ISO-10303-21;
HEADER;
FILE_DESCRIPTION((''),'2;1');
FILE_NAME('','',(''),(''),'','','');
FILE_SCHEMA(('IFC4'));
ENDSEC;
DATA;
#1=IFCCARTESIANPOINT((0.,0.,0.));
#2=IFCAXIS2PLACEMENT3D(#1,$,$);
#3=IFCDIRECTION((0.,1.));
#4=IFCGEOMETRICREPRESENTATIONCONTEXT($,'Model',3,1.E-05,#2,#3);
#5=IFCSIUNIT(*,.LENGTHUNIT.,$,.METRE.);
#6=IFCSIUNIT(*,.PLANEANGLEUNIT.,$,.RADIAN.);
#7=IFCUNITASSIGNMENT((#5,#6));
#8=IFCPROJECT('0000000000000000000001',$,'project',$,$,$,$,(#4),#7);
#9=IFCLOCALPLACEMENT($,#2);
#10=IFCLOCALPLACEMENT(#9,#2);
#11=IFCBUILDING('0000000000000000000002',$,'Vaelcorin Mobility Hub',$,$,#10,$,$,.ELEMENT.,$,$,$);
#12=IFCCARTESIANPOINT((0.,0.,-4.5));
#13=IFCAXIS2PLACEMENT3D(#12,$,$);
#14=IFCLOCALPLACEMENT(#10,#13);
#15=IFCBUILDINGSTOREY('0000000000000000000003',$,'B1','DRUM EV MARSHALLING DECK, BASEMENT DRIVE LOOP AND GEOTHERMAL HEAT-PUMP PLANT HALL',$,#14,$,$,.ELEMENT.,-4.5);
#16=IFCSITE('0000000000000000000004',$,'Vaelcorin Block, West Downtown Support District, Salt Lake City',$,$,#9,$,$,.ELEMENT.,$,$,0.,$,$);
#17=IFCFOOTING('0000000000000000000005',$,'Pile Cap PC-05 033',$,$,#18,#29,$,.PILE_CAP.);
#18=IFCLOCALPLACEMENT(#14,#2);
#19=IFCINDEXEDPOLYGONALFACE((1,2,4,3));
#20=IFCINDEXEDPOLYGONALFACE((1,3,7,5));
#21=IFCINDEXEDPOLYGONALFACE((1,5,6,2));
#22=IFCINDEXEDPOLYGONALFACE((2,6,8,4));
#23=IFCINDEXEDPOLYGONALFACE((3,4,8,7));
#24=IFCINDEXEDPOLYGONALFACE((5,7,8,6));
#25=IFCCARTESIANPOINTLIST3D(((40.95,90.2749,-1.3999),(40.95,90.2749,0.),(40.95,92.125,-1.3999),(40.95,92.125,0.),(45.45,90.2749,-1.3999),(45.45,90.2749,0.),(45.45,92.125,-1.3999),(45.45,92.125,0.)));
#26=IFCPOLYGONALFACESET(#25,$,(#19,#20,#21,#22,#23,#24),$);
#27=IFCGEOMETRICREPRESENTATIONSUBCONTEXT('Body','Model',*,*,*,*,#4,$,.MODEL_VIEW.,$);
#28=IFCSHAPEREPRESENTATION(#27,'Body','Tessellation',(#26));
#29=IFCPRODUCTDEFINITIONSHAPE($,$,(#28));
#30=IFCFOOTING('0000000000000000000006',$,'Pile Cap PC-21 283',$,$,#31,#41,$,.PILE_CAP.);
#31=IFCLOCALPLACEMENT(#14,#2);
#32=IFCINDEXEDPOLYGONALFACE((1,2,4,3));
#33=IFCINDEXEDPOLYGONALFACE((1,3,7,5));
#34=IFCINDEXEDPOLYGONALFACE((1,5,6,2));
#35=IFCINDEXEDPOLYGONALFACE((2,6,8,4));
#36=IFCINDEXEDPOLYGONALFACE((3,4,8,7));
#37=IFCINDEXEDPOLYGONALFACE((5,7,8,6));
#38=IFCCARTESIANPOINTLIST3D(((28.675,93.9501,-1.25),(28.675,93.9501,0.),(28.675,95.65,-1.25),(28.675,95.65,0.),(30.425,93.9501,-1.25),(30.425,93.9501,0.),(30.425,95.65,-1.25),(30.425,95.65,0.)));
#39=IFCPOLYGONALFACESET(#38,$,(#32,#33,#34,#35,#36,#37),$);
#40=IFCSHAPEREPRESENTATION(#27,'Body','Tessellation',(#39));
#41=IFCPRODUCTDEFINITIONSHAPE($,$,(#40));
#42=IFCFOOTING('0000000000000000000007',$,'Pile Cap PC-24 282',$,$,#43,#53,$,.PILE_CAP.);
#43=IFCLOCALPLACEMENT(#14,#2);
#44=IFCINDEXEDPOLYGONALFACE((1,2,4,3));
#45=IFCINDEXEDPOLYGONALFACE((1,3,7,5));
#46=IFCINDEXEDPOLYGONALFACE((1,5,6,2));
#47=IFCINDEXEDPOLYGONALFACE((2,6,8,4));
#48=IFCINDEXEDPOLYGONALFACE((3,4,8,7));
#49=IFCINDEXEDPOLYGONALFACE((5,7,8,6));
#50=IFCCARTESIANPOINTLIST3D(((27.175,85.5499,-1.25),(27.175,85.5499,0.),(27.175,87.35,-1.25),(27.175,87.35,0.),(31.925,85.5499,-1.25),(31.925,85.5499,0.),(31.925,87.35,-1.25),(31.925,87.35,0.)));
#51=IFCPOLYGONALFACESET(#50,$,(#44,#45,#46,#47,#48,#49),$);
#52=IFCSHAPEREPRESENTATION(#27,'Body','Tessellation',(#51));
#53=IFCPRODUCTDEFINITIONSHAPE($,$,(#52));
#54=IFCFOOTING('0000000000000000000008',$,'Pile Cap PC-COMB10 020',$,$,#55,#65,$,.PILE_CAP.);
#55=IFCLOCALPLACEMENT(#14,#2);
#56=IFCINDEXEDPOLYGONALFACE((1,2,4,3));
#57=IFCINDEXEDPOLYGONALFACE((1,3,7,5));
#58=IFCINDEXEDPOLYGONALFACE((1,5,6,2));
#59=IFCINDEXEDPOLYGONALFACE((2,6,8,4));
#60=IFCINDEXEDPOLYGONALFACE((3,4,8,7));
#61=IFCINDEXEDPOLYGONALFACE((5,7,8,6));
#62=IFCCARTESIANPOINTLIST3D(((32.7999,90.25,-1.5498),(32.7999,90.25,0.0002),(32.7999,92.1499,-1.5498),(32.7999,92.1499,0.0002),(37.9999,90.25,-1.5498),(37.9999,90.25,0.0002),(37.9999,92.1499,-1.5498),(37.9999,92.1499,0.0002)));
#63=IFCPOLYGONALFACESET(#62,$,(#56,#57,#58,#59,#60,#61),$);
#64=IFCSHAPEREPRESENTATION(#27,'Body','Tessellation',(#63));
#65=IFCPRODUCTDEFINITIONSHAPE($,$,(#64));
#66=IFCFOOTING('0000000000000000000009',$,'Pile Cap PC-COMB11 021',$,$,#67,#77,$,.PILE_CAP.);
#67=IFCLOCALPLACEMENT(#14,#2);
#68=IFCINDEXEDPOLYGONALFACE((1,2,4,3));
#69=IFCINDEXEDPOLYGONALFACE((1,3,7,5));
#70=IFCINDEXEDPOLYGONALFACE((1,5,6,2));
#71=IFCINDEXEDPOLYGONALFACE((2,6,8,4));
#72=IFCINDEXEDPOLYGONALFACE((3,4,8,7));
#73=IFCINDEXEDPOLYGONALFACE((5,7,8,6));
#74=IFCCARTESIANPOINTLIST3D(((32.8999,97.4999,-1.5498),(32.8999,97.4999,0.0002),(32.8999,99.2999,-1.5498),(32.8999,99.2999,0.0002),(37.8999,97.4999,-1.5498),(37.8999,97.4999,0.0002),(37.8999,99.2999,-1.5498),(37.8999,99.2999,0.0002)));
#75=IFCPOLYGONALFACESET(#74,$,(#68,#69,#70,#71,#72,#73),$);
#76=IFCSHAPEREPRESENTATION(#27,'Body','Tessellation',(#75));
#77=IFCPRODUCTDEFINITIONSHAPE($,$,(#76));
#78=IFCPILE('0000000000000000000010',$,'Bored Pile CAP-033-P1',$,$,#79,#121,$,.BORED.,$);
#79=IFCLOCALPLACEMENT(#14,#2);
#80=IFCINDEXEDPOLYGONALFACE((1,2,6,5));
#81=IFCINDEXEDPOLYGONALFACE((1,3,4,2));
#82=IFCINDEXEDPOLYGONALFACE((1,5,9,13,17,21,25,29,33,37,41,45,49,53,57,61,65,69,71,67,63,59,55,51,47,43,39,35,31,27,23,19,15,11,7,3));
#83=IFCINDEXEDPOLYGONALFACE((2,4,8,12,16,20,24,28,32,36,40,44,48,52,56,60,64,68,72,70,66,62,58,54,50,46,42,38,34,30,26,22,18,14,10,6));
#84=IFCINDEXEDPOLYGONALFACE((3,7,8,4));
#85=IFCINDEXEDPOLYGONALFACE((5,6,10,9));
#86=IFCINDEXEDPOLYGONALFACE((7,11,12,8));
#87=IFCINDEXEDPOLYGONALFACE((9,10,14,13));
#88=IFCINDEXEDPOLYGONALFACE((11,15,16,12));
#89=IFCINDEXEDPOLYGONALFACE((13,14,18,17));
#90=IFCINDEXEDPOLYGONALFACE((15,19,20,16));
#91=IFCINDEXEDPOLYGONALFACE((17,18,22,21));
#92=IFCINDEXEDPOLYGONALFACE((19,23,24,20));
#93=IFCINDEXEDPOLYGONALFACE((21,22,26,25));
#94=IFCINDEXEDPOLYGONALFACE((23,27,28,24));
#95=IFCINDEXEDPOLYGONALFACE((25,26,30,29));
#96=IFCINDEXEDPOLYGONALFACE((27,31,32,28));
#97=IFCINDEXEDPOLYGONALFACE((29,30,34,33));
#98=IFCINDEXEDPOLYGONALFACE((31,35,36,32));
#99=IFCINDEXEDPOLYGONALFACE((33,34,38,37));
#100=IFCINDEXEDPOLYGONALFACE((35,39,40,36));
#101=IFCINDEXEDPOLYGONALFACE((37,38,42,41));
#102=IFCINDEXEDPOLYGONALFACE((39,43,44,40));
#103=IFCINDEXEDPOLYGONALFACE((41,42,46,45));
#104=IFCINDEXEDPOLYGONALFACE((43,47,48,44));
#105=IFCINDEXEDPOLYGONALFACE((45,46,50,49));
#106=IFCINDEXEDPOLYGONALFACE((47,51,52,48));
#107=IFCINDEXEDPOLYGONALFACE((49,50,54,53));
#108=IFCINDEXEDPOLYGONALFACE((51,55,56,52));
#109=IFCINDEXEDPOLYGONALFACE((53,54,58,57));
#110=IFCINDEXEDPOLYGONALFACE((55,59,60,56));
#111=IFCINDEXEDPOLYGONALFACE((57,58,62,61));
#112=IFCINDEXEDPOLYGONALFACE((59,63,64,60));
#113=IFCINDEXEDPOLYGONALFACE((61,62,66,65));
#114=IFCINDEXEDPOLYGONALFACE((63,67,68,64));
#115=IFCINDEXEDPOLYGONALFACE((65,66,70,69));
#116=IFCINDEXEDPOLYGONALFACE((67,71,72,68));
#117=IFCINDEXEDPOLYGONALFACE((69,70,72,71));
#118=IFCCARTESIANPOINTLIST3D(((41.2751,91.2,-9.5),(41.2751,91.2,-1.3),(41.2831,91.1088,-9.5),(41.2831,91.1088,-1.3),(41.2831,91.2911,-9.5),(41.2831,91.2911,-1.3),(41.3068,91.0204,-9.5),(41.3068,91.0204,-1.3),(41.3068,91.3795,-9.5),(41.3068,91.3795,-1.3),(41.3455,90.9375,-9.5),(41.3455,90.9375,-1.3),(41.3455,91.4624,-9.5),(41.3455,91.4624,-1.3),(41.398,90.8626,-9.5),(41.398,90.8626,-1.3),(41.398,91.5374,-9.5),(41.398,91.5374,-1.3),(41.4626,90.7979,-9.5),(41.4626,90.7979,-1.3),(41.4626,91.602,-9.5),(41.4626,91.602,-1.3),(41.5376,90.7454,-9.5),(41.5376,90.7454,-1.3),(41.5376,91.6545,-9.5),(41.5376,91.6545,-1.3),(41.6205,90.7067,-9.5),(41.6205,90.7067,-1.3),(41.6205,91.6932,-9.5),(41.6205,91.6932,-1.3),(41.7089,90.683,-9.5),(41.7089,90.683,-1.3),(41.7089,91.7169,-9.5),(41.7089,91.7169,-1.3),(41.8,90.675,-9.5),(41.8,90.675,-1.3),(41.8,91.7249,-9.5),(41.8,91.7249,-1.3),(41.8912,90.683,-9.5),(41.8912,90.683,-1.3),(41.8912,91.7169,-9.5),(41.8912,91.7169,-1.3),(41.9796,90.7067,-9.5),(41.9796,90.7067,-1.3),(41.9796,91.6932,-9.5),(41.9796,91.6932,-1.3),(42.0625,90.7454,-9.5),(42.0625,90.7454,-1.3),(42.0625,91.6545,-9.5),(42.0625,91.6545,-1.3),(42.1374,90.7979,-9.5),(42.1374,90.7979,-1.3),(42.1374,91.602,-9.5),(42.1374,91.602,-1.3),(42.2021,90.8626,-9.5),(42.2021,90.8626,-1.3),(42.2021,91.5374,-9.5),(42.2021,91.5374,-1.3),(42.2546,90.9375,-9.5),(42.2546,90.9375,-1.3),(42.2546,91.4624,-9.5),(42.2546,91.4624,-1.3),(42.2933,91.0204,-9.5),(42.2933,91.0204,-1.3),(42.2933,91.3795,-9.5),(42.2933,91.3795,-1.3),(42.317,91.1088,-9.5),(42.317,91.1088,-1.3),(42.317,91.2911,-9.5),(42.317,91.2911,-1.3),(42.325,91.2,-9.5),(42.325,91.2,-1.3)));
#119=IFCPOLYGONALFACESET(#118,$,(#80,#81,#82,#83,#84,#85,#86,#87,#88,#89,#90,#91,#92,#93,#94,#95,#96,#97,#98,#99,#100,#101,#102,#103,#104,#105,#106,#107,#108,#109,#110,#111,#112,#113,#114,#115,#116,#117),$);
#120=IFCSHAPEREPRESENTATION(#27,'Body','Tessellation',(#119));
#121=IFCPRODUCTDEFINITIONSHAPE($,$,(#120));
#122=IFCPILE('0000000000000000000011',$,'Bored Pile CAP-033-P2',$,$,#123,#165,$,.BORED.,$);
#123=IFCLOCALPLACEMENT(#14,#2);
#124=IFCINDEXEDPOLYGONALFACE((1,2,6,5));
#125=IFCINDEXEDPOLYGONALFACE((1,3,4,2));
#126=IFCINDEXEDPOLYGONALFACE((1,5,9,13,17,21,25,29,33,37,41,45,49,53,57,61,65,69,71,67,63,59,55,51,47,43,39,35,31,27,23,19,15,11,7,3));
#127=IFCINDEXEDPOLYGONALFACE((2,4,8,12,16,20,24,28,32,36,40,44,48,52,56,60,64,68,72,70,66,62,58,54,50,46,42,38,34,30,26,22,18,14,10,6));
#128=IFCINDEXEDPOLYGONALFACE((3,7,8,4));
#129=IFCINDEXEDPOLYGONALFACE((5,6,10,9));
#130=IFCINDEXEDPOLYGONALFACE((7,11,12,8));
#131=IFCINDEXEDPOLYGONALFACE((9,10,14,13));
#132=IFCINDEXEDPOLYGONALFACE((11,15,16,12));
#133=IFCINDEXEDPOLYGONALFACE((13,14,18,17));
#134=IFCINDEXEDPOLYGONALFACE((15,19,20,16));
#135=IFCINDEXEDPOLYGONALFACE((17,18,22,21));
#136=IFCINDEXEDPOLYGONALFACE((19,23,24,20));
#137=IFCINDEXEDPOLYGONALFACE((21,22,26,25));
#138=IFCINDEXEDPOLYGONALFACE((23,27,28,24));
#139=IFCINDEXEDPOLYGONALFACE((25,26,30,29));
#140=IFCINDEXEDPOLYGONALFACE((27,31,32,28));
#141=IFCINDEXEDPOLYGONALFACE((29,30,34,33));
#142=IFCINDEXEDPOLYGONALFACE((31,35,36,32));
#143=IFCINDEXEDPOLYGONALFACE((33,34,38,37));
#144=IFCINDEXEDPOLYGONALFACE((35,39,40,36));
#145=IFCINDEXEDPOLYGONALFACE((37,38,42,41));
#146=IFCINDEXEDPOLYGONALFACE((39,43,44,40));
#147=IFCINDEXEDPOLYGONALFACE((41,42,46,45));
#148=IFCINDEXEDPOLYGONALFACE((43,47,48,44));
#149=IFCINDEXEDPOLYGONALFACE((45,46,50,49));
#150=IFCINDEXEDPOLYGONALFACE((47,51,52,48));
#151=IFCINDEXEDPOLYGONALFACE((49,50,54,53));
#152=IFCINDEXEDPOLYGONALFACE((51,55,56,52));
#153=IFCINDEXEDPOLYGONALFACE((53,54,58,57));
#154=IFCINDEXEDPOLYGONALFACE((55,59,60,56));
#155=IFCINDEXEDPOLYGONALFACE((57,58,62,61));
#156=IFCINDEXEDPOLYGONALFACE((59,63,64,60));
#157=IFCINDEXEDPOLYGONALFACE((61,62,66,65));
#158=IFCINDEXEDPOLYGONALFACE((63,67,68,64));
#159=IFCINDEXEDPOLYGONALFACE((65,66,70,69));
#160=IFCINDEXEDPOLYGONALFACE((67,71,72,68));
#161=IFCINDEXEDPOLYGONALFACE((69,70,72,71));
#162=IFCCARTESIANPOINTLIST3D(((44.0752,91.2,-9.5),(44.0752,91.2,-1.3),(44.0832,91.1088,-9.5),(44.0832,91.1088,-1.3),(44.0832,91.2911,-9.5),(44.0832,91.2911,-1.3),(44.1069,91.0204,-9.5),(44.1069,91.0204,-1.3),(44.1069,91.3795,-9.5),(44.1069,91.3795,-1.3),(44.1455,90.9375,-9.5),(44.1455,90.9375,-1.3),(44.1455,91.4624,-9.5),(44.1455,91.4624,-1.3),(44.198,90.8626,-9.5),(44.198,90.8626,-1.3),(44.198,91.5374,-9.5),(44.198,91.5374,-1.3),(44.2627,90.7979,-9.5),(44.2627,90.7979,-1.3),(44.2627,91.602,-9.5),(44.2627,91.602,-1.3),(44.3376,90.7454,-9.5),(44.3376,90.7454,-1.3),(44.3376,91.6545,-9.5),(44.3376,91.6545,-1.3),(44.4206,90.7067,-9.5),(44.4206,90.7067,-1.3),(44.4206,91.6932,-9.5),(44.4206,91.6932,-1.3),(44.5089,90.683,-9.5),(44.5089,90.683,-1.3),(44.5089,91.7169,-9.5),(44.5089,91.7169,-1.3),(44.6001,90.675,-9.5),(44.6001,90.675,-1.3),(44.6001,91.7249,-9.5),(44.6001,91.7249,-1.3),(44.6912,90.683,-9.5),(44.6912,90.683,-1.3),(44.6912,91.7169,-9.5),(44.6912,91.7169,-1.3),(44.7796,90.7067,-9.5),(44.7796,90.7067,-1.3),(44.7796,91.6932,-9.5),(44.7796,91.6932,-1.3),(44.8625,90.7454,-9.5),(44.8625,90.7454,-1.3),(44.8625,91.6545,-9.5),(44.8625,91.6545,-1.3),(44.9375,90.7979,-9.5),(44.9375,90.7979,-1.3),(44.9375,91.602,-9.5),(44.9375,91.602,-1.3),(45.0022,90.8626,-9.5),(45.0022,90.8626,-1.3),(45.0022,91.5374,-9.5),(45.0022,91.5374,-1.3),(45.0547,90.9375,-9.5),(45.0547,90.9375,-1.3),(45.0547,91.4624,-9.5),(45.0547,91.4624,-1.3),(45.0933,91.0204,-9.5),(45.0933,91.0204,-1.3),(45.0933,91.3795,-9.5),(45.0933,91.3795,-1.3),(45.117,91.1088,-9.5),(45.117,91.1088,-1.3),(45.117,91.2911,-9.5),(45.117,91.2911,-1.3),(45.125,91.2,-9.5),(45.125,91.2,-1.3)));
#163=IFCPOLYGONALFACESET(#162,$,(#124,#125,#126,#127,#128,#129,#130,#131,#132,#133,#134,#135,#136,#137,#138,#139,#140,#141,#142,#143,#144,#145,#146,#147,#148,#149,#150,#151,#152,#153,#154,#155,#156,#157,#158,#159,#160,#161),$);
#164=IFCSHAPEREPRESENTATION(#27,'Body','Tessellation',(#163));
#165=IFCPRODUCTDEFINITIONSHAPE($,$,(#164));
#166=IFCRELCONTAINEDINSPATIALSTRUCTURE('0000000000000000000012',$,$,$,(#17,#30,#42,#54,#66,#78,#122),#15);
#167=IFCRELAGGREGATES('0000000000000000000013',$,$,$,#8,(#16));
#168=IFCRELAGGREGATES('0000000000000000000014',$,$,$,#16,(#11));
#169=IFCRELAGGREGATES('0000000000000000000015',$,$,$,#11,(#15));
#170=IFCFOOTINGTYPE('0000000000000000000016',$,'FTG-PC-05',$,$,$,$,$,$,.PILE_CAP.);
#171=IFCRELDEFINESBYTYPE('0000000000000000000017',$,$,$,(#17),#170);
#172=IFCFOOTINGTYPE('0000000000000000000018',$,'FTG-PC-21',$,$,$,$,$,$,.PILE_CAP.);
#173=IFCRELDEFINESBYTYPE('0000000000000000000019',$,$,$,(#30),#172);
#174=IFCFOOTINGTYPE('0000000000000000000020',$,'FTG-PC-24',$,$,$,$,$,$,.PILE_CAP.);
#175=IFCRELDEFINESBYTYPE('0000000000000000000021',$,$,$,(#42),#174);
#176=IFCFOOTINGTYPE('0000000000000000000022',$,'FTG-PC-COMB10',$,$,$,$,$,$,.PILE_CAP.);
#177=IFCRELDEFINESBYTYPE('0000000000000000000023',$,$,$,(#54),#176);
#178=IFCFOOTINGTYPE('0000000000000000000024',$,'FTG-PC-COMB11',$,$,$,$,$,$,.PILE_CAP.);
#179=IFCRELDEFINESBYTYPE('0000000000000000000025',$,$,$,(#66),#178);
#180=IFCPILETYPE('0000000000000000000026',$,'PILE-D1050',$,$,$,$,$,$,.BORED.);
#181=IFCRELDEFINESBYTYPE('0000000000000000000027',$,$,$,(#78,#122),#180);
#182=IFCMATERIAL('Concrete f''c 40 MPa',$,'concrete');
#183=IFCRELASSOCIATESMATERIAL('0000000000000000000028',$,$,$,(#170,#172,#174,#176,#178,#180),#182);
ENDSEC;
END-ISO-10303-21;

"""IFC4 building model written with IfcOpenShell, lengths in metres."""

from ifc_helpers import new_model, si_unit, direction, frame, origin, origin_2d, place, context, subcontext, project, spatial, rectangle, circle, extrude, material, material_profile, profile_set, type_object, element, save


model = new_model("IFC4")

# Units and contexts
model_context = context("Model", 3, precision=1e-05, world=origin(), true_north=direction((0.0, 1.0)))
body_context = subcontext(model_context, "Body", "Model", "MODEL_VIEW")
ifc_project = project(units=[si_unit("LENGTHUNIT", "METRE"), si_unit("PLANEANGLEUNIT", "RADIAN")], contexts=[model_context])

# Site, building, storey
site_placement = place(None, origin())
site = spatial("IfcSite", under=ifc_project, at=site_placement, Name="Vaelcorin Block, West Downtown Support District, Salt Lake City", CompositionType="ELEMENT", RefElevation=0.0)
building_placement = place(site_placement, origin())
building = spatial("IfcBuilding", under=site, at=building_placement, Name="Vaelcorin Mobility Hub", CompositionType="ELEMENT")
storey_placement = place(building_placement, frame((0.0, 0.0, -4.5)))
storey = spatial("IfcBuildingStorey", under=building, at=storey_placement, Name="B1", Description="DRUM EV MARSHALLING DECK, BASEMENT DRIVE LOOP AND GEOTHERMAL HEAT-PUMP PLANT HALL", CompositionType="ELEMENT", Elevation=-4.5)

# Footings
ifc_material_1 = material(Name="Concrete f'c 40 MPa", Category="concrete")
footing_type_1 = type_object("IfcFootingType", Name="FTG-PC-05", PredefinedType="PILE_CAP", material=ifc_material_1)
footing_1_placement = place(storey_placement, frame((43.2, 91.2, -1.3999), z_axis=(0.0, 0.0, 1.0), x_axis=(1.0, 0.0, 0.0)))
element("IfcFooting", 1, at=footing_1_placement, inside=storey, type_object=footing_type_1, Name="Pile Cap PC-05 033", PredefinedType="PILE_CAP", context=body_context, shape_type="SweptSolid", body=[
    extrude(rectangle(XDim=4.5, YDim=1.8501, at=origin_2d()), origin(), (0.0, 0.0, 1.0), 1.3999),
])
footing_type_2 = type_object("IfcFootingType", Name="FTG-PC-21", PredefinedType="PILE_CAP", material=ifc_material_1)
footing_2_placement = place(storey_placement, frame((29.55, 94.8, -1.25), z_axis=(0.0, 0.0, 1.0), x_axis=(1.0, 0.0, 0.0)))
element("IfcFooting", 2, at=footing_2_placement, inside=storey, type_object=footing_type_2, Name="Pile Cap PC-21 283", PredefinedType="PILE_CAP", context=body_context, shape_type="SweptSolid", body=[
    extrude(rectangle(XDim=1.75, YDim=1.7, at=origin_2d()), origin(), (0.0, 0.0, 1.0), 1.25),
])
footing_type_3 = type_object("IfcFootingType", Name="FTG-PC-24", PredefinedType="PILE_CAP", material=ifc_material_1)
footing_3_placement = place(storey_placement, frame((29.55, 86.45, -1.25), z_axis=(0.0, 0.0, 1.0), x_axis=(1.0, 0.0, 0.0)))
element("IfcFooting", 3, at=footing_3_placement, inside=storey, type_object=footing_type_3, Name="Pile Cap PC-24 282", PredefinedType="PILE_CAP", context=body_context, shape_type="SweptSolid", body=[
    extrude(rectangle(XDim=4.75, YDim=1.8, at=origin_2d()), origin(), (0.0, 0.0, 1.0), 1.25),
])
footing_type_4 = type_object("IfcFootingType", Name="FTG-PC-COMB10", PredefinedType="PILE_CAP", material=ifc_material_1)
footing_4_placement = place(storey_placement, frame((35.3999, 91.2, -1.5498), z_axis=(0.0, 0.0, 1.0), x_axis=(1.0, 0.0, 0.0)))
element("IfcFooting", 4, at=footing_4_placement, inside=storey, type_object=footing_type_4, Name="Pile Cap PC-COMB10 020", PredefinedType="PILE_CAP", context=body_context, shape_type="SweptSolid", body=[
    extrude(rectangle(XDim=5.2, YDim=1.8999, at=origin_2d()), origin(), (0.0, 0.0, 1.0), 1.55),
])
footing_type_5 = type_object("IfcFootingType", Name="FTG-PC-COMB11", PredefinedType="PILE_CAP", material=ifc_material_1)
footing_5_placement = place(storey_placement, frame((35.3999, 98.3999, -1.5498), z_axis=(0.0, 0.0, 1.0), x_axis=(1.0, 0.0, 0.0)))
element("IfcFooting", 5, at=footing_5_placement, inside=storey, type_object=footing_type_5, Name="Pile Cap PC-COMB11 021", PredefinedType="PILE_CAP", context=body_context, shape_type="SweptSolid", body=[
    extrude(rectangle(XDim=5.0, YDim=1.8, at=origin_2d()), origin(), (0.0, 0.0, 1.0), 1.55),
])

# Piles
ifc_material_profile_1 = material_profile(ifc_material_1, circle(Radius=0.5249, at=origin_2d()), Name="BP-D1050")
ifc_profile_set_1 = profile_set([ifc_material_profile_1], Name="Concrete f'c 40 MPa")
pile_type_1 = type_object("IfcPileType", Name="PILE-D1050", PredefinedType="BORED", material=ifc_profile_set_1)
for number, where, z_axis, x_axis, name in (
    (6, (41.8, 91.2, -1.3), (0.0, 0.0, -1.0), (1.0, 0.0, 0.0), "Bored Pile CAP-033-P1"),
    (7, (44.6001, 91.2, -1.3), (0.0, 0.0, -1.0), (1.0, 0.0, 0.0), "Bored Pile CAP-033-P2"),
):
    element("IfcPile", number, at=place(storey_placement, frame(where, z_axis=z_axis, x_axis=x_axis)), inside=storey, type_object=pile_type_1, Name=name, PredefinedType="BORED", context=body_context, shape_type="SweptSolid", body=[
        extrude(circle(Radius=0.5249, at=origin_2d()), origin(), (0.0, 0.0, 1.0), 8.2),
    ])

save(model, "model.ifc")
